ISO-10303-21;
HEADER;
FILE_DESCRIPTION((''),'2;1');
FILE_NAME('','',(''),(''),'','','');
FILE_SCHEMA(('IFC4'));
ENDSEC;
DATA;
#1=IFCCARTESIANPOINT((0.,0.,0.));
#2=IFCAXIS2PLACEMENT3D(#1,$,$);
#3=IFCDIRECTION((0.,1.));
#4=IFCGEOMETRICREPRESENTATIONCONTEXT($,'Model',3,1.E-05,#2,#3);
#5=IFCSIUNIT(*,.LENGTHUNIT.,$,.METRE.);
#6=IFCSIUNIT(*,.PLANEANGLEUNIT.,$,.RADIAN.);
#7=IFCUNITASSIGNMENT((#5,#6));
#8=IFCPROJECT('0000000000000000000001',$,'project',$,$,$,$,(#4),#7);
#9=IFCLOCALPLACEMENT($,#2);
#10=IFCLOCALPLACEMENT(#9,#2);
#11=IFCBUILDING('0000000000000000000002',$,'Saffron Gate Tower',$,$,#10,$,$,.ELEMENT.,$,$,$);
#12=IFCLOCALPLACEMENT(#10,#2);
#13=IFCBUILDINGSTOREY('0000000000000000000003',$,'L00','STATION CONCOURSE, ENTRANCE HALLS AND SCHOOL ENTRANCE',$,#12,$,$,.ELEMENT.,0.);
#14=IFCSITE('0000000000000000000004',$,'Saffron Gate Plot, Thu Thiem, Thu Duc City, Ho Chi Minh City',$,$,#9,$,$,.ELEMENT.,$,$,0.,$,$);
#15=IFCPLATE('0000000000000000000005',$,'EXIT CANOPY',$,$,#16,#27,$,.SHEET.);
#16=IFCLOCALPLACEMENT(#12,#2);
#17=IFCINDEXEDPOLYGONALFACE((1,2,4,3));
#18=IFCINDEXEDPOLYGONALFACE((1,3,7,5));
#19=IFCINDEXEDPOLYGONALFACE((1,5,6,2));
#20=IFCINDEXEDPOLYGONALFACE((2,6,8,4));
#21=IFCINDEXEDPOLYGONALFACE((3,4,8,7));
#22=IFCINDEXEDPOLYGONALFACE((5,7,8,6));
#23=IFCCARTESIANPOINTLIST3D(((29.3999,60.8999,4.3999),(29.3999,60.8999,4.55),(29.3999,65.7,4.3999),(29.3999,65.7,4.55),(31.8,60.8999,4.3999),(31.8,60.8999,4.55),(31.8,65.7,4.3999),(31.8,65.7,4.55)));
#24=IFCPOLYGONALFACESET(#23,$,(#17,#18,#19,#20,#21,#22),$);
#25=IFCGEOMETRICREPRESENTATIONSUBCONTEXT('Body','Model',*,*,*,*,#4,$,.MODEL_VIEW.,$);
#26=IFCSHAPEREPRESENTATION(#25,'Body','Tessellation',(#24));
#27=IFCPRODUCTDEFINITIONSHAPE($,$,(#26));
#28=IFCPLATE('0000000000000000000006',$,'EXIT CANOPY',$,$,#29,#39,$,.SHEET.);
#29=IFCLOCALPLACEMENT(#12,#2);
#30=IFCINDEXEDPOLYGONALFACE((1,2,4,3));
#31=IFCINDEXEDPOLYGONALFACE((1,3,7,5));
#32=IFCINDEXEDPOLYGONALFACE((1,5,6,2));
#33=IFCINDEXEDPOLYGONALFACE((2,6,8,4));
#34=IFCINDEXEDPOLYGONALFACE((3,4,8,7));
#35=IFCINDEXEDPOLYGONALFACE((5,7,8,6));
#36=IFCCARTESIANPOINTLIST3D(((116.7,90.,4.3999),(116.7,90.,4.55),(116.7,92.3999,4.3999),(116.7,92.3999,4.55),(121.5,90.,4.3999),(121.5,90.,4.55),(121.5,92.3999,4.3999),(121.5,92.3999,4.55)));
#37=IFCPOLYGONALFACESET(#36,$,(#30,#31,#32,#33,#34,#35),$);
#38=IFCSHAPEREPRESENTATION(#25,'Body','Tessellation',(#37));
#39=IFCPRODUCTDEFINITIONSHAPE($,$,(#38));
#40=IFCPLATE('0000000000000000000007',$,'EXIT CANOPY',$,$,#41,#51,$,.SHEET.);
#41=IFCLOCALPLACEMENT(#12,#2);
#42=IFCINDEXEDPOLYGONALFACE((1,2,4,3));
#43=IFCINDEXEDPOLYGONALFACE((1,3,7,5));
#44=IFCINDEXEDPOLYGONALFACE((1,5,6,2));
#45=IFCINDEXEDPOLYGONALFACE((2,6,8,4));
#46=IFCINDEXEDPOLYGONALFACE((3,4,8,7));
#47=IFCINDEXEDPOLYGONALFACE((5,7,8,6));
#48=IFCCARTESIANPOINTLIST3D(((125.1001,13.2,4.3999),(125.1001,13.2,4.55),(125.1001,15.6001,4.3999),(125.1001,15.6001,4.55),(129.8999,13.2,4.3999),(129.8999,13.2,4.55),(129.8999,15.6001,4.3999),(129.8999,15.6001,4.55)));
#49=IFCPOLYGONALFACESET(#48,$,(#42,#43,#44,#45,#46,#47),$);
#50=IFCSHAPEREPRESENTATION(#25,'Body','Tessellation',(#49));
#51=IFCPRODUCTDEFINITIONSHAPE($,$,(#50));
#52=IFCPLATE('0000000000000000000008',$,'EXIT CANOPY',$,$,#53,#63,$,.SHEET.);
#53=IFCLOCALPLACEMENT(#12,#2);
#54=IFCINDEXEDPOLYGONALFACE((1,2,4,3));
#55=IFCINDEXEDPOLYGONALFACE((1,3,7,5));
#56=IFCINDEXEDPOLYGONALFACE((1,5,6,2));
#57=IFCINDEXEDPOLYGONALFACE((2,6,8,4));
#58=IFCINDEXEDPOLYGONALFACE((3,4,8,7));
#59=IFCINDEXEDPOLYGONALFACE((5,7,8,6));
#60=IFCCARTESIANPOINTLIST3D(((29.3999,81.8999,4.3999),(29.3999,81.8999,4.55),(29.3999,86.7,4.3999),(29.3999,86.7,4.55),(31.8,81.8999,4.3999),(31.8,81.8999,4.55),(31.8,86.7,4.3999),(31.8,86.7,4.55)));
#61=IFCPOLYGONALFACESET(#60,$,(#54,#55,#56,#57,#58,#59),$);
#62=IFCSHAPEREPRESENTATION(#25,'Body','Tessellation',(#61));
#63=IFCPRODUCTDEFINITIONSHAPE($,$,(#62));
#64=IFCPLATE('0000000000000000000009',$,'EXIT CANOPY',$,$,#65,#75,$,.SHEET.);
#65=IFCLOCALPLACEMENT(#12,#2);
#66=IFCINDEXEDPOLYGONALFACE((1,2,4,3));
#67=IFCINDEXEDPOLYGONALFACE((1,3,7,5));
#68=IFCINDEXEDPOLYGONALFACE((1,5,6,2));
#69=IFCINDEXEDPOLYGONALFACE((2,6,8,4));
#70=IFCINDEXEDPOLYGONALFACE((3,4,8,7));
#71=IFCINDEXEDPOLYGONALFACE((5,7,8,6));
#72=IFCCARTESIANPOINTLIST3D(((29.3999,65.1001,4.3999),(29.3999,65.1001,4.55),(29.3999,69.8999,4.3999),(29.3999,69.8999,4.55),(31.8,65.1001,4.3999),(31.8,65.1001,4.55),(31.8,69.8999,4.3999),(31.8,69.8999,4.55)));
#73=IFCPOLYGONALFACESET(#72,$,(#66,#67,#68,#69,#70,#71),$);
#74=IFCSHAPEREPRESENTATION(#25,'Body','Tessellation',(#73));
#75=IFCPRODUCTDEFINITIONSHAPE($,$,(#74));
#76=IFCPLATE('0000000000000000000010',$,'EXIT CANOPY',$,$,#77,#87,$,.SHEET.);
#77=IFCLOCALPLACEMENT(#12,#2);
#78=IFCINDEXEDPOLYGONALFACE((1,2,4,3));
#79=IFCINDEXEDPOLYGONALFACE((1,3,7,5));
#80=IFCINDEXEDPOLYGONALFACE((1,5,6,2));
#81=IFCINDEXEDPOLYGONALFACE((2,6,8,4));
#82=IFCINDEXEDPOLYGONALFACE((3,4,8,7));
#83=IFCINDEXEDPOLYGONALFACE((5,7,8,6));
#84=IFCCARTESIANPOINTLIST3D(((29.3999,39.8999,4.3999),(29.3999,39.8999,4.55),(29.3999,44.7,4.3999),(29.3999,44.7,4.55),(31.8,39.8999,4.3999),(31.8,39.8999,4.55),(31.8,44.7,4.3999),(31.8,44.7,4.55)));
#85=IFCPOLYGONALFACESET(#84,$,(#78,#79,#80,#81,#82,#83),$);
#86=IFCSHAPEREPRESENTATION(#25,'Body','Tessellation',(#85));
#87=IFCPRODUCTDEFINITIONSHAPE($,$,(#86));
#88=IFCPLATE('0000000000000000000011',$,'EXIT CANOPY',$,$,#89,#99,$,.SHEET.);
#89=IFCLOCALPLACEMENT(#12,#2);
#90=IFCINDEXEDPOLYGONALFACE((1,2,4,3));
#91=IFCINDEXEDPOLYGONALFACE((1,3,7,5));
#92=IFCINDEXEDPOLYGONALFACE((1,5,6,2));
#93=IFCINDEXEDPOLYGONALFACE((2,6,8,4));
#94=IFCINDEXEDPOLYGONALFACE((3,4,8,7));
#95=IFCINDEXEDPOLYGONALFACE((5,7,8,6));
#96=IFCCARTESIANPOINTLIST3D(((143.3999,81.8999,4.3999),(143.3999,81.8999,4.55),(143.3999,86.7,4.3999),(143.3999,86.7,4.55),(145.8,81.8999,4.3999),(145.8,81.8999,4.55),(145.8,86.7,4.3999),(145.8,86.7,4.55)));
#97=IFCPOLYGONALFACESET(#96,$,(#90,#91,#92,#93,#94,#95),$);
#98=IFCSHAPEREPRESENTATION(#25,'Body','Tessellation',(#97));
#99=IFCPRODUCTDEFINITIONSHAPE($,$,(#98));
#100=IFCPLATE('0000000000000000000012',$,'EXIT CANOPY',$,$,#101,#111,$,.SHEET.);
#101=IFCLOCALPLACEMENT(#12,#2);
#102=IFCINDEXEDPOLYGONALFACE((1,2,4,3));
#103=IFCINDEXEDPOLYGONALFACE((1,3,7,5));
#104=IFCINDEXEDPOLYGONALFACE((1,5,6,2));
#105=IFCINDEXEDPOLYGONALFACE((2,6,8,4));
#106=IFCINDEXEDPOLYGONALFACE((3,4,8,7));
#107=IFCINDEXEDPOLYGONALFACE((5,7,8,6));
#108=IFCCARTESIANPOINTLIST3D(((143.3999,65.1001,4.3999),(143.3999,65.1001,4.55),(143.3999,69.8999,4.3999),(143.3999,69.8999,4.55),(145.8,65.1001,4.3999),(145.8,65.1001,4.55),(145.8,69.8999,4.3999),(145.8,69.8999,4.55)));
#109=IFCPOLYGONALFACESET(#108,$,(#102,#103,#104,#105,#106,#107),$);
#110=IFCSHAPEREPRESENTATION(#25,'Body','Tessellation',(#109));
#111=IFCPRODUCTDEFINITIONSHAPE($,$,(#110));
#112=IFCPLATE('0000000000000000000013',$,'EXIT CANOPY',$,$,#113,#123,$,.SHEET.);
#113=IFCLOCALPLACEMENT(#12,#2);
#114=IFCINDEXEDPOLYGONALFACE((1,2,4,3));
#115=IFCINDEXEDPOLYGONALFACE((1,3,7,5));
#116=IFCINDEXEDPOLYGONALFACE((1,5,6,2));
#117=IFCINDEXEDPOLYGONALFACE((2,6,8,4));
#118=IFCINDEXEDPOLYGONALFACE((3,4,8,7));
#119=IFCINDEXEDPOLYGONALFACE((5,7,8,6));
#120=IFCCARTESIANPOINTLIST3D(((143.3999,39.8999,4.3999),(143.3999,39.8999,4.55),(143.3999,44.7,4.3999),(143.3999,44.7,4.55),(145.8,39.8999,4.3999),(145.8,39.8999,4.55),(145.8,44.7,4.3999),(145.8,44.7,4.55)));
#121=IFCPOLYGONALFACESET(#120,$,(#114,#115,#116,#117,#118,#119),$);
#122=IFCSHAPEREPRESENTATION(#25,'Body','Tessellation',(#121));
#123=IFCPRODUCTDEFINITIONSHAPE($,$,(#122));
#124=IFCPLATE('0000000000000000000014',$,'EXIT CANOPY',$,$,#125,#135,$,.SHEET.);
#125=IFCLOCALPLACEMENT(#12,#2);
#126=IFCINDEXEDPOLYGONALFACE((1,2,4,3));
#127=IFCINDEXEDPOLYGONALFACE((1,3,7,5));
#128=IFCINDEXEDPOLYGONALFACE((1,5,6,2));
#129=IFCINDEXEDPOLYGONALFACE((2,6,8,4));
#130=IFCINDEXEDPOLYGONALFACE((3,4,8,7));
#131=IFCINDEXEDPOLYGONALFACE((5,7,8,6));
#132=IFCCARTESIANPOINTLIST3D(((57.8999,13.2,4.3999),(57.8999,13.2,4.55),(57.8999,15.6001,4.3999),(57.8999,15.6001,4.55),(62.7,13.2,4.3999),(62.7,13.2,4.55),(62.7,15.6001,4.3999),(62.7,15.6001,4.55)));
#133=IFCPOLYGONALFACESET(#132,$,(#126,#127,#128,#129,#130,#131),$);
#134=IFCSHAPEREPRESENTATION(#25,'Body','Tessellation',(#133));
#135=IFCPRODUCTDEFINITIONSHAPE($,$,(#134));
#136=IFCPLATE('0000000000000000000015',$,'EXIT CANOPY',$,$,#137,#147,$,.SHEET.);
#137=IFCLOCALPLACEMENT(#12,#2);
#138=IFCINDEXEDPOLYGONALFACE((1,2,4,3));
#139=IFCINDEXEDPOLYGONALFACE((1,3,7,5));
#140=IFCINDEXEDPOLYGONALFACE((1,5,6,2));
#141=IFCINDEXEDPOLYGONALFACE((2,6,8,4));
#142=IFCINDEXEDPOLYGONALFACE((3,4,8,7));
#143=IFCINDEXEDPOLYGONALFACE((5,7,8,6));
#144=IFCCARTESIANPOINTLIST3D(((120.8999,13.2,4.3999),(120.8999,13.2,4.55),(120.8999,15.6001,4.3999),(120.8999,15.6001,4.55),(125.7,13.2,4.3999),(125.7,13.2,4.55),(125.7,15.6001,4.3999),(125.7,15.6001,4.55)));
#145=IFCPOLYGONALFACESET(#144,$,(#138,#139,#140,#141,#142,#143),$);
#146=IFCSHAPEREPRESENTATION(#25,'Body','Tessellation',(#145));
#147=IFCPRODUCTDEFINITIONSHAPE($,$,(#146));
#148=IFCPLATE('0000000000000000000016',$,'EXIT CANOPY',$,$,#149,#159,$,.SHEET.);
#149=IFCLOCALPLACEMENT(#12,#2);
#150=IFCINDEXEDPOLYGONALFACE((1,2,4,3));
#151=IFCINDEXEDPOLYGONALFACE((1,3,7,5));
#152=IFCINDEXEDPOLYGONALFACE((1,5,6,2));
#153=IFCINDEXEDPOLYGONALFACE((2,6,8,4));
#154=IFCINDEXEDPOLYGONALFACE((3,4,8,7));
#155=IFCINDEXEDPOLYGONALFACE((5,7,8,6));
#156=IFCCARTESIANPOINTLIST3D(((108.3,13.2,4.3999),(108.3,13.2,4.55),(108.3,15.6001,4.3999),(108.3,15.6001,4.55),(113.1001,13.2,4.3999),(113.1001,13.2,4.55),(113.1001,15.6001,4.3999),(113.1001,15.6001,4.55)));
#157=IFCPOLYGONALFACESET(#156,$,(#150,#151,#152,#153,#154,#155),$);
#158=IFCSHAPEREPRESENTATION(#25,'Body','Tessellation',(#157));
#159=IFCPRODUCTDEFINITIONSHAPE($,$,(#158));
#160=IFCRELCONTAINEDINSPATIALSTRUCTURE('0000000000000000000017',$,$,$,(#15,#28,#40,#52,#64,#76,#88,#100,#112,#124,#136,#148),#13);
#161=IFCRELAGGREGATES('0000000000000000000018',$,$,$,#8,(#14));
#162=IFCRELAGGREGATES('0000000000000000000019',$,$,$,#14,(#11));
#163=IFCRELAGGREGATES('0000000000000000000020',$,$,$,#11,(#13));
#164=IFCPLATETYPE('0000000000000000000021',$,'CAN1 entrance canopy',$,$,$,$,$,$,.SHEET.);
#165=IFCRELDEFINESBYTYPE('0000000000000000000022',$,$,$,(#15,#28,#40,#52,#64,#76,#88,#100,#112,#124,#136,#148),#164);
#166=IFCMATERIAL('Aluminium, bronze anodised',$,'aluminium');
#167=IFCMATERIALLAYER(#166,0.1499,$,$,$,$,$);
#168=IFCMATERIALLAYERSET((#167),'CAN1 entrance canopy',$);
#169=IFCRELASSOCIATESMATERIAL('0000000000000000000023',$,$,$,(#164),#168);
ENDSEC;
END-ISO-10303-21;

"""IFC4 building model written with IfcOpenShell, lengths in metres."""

from ifc_helpers import new_model, si_unit, direction, frame, origin, place, context, subcontext, project, spatial, polyline, outline, extrude, material, layer, layer_set, type_object, element, save


model = new_model("IFC4")

# Units and contexts
model_context = context("Model", 3, precision=1e-05, world=origin(), true_north=direction((0.0, 1.0)))
body_context = subcontext(model_context, "Body", "Model", "MODEL_VIEW")
ifc_project = project(units=[si_unit("LENGTHUNIT", "METRE"), si_unit("PLANEANGLEUNIT", "RADIAN")], contexts=[model_context])

# Site, building, storey
site_placement = place(None, origin())
site = spatial("IfcSite", under=ifc_project, at=site_placement, Name="Saffron Gate Plot, Thu Thiem, Thu Duc City, Ho Chi Minh City", CompositionType="ELEMENT", RefElevation=0.0)
building_placement = place(site_placement, origin())
building = spatial("IfcBuilding", under=site, at=building_placement, Name="Saffron Gate Tower", CompositionType="ELEMENT")
storey_placement = place(building_placement, origin())
storey = spatial("IfcBuildingStorey", under=building, at=storey_placement, Name="L00", Description="STATION CONCOURSE, ENTRANCE HALLS AND SCHOOL ENTRANCE", CompositionType="ELEMENT", Elevation=0.0)

# Plates
ifc_material = material(Name="Aluminium, bronze anodised", Category="aluminium")
ifc_layer = layer(ifc_material, 0.1499)
ifc_layer_set = layer_set([ifc_layer], Name="CAN1 entrance canopy")
plate_type = type_object("IfcPlateType", Name="CAN1 entrance canopy", PredefinedType="SHEET", material=ifc_layer_set)
plate_1_placement = place(storey_placement, frame((0.0, 0.0, 4.3999)))
element("IfcPlate", 1, at=plate_1_placement, inside=storey, type_object=plate_type, Name="EXIT CANOPY", PredefinedType="SHEET", context=body_context, shape_type="SweptSolid", body=[
    extrude(outline(polyline([(31.8, 65.7), (31.8, 60.8999), (29.3999, 60.8999), (29.3999, 65.7), (31.8, 65.7)])), origin(), (0.0, 0.0, 1.0), 0.1501),
])
plate_2_placement = place(storey_placement, frame((0.0, 0.0, 4.3999)))
element("IfcPlate", 2, at=plate_2_placement, inside=storey, type_object=plate_type, Name="EXIT CANOPY", PredefinedType="SHEET", context=body_context, shape_type="SweptSolid", body=[
    extrude(outline(polyline([(121.5, 90.0), (116.7, 90.0), (116.7, 92.3999), (121.5, 92.3999), (121.5, 90.0)])), origin(), (0.0, 0.0, 1.0), 0.1501),
])
plate_3_placement = place(storey_placement, frame((0.0, 0.0, 4.3999)))
element("IfcPlate", 3, at=plate_3_placement, inside=storey, type_object=plate_type, Name="EXIT CANOPY", PredefinedType="SHEET", context=body_context, shape_type="SweptSolid", body=[
    extrude(outline(polyline([(125.1001, 15.6001), (129.8999, 15.6001), (129.8999, 13.2), (125.1001, 13.2), (125.1001, 15.6001)])), origin(), (0.0, 0.0, 1.0), 0.1501),
])
plate_4_placement = place(storey_placement, frame((0.0, 0.0, 4.3999)))
element("IfcPlate", 4, at=plate_4_placement, inside=storey, type_object=plate_type, Name="EXIT CANOPY", PredefinedType="SHEET", context=body_context, shape_type="SweptSolid", body=[
    extrude(outline(polyline([(31.8, 86.7), (31.8, 81.8999), (29.3999, 81.8999), (29.3999, 86.7), (31.8, 86.7)])), origin(), (0.0, 0.0, 1.0), 0.1501),
])
plate_5_placement = place(storey_placement, frame((0.0, 0.0, 4.3999)))
element("IfcPlate", 5, at=plate_5_placement, inside=storey, type_object=plate_type, Name="EXIT CANOPY", PredefinedType="SHEET", context=body_context, shape_type="SweptSolid", body=[
    extrude(outline(polyline([(31.8, 69.8999), (31.8, 65.1001), (29.3999, 65.1001), (29.3999, 69.8999), (31.8, 69.8999)])), origin(), (0.0, 0.0, 1.0), 0.1501),
])
plate_6_placement = place(storey_placement, frame((0.0, 0.0, 4.3999)))
element("IfcPlate", 6, at=plate_6_placement, inside=storey, type_object=plate_type, Name="EXIT CANOPY", PredefinedType="SHEET", context=body_context, shape_type="SweptSolid", body=[
    extrude(outline(polyline([(31.8, 44.7), (31.8, 39.8999), (29.3999, 39.8999), (29.3999, 44.7), (31.8, 44.7)])), origin(), (0.0, 0.0, 1.0), 0.1501),
])
plate_7_placement = place(storey_placement, frame((0.0, 0.0, 4.3999)))
element("IfcPlate", 7, at=plate_7_placement, inside=storey, type_object=plate_type, Name="EXIT CANOPY", PredefinedType="SHEET", context=body_context, shape_type="SweptSolid", body=[
    extrude(outline(polyline([(143.3999, 81.8999), (143.3999, 86.7), (145.8, 86.7), (145.8, 81.8999), (143.3999, 81.8999)])), origin(), (0.0, 0.0, 1.0), 0.1501),
])
plate_8_placement = place(storey_placement, frame((0.0, 0.0, 4.3999)))
element("IfcPlate", 8, at=plate_8_placement, inside=storey, type_object=plate_type, Name="EXIT CANOPY", PredefinedType="SHEET", context=body_context, shape_type="SweptSolid", body=[
    extrude(outline(polyline([(143.3999, 65.1001), (143.3999, 69.8999), (145.8, 69.8999), (145.8, 65.1001), (143.3999, 65.1001)])), origin(), (0.0, 0.0, 1.0), 0.1501),
])
plate_9_placement = place(storey_placement, frame((0.0, 0.0, 4.3999)))
element("IfcPlate", 9, at=plate_9_placement, inside=storey, type_object=plate_type, Name="EXIT CANOPY", PredefinedType="SHEET", context=body_context, shape_type="SweptSolid", body=[
    extrude(outline(polyline([(143.3999, 39.8999), (143.3999, 44.7), (145.8, 44.7), (145.8, 39.8999), (143.3999, 39.8999)])), origin(), (0.0, 0.0, 1.0), 0.1501),
])
plate_10_placement = place(storey_placement, frame((0.0, 0.0, 4.3999)))
element("IfcPlate", 10, at=plate_10_placement, inside=storey, type_object=plate_type, Name="EXIT CANOPY", PredefinedType="SHEET", context=body_context, shape_type="SweptSolid", body=[
    extrude(outline(polyline([(57.8999, 15.6001), (62.7, 15.6001), (62.7, 13.2), (57.8999, 13.2), (57.8999, 15.6001)])), origin(), (0.0, 0.0, 1.0), 0.1501),
])
plate_11_placement = place(storey_placement, frame((0.0, 0.0, 4.3999)))
element("IfcPlate", 11, at=plate_11_placement, inside=storey, type_object=plate_type, Name="EXIT CANOPY", PredefinedType="SHEET", context=body_context, shape_type="SweptSolid", body=[
    extrude(outline(polyline([(120.8999, 15.6001), (125.7, 15.6001), (125.7, 13.2), (120.8999, 13.2), (120.8999, 15.6001)])), origin(), (0.0, 0.0, 1.0), 0.1501),
])
plate_12_placement = place(storey_placement, frame((0.0, 0.0, 4.3999)))
element("IfcPlate", 12, at=plate_12_placement, inside=storey, type_object=plate_type, Name="EXIT CANOPY", PredefinedType="SHEET", context=body_context, shape_type="SweptSolid", body=[
    extrude(outline(polyline([(108.3, 15.6001), (113.1001, 15.6001), (113.1001, 13.2), (108.3, 13.2), (108.3, 15.6001)])), origin(), (0.0, 0.0, 1.0), 0.1501),
])

save(model, "model.ifc")
